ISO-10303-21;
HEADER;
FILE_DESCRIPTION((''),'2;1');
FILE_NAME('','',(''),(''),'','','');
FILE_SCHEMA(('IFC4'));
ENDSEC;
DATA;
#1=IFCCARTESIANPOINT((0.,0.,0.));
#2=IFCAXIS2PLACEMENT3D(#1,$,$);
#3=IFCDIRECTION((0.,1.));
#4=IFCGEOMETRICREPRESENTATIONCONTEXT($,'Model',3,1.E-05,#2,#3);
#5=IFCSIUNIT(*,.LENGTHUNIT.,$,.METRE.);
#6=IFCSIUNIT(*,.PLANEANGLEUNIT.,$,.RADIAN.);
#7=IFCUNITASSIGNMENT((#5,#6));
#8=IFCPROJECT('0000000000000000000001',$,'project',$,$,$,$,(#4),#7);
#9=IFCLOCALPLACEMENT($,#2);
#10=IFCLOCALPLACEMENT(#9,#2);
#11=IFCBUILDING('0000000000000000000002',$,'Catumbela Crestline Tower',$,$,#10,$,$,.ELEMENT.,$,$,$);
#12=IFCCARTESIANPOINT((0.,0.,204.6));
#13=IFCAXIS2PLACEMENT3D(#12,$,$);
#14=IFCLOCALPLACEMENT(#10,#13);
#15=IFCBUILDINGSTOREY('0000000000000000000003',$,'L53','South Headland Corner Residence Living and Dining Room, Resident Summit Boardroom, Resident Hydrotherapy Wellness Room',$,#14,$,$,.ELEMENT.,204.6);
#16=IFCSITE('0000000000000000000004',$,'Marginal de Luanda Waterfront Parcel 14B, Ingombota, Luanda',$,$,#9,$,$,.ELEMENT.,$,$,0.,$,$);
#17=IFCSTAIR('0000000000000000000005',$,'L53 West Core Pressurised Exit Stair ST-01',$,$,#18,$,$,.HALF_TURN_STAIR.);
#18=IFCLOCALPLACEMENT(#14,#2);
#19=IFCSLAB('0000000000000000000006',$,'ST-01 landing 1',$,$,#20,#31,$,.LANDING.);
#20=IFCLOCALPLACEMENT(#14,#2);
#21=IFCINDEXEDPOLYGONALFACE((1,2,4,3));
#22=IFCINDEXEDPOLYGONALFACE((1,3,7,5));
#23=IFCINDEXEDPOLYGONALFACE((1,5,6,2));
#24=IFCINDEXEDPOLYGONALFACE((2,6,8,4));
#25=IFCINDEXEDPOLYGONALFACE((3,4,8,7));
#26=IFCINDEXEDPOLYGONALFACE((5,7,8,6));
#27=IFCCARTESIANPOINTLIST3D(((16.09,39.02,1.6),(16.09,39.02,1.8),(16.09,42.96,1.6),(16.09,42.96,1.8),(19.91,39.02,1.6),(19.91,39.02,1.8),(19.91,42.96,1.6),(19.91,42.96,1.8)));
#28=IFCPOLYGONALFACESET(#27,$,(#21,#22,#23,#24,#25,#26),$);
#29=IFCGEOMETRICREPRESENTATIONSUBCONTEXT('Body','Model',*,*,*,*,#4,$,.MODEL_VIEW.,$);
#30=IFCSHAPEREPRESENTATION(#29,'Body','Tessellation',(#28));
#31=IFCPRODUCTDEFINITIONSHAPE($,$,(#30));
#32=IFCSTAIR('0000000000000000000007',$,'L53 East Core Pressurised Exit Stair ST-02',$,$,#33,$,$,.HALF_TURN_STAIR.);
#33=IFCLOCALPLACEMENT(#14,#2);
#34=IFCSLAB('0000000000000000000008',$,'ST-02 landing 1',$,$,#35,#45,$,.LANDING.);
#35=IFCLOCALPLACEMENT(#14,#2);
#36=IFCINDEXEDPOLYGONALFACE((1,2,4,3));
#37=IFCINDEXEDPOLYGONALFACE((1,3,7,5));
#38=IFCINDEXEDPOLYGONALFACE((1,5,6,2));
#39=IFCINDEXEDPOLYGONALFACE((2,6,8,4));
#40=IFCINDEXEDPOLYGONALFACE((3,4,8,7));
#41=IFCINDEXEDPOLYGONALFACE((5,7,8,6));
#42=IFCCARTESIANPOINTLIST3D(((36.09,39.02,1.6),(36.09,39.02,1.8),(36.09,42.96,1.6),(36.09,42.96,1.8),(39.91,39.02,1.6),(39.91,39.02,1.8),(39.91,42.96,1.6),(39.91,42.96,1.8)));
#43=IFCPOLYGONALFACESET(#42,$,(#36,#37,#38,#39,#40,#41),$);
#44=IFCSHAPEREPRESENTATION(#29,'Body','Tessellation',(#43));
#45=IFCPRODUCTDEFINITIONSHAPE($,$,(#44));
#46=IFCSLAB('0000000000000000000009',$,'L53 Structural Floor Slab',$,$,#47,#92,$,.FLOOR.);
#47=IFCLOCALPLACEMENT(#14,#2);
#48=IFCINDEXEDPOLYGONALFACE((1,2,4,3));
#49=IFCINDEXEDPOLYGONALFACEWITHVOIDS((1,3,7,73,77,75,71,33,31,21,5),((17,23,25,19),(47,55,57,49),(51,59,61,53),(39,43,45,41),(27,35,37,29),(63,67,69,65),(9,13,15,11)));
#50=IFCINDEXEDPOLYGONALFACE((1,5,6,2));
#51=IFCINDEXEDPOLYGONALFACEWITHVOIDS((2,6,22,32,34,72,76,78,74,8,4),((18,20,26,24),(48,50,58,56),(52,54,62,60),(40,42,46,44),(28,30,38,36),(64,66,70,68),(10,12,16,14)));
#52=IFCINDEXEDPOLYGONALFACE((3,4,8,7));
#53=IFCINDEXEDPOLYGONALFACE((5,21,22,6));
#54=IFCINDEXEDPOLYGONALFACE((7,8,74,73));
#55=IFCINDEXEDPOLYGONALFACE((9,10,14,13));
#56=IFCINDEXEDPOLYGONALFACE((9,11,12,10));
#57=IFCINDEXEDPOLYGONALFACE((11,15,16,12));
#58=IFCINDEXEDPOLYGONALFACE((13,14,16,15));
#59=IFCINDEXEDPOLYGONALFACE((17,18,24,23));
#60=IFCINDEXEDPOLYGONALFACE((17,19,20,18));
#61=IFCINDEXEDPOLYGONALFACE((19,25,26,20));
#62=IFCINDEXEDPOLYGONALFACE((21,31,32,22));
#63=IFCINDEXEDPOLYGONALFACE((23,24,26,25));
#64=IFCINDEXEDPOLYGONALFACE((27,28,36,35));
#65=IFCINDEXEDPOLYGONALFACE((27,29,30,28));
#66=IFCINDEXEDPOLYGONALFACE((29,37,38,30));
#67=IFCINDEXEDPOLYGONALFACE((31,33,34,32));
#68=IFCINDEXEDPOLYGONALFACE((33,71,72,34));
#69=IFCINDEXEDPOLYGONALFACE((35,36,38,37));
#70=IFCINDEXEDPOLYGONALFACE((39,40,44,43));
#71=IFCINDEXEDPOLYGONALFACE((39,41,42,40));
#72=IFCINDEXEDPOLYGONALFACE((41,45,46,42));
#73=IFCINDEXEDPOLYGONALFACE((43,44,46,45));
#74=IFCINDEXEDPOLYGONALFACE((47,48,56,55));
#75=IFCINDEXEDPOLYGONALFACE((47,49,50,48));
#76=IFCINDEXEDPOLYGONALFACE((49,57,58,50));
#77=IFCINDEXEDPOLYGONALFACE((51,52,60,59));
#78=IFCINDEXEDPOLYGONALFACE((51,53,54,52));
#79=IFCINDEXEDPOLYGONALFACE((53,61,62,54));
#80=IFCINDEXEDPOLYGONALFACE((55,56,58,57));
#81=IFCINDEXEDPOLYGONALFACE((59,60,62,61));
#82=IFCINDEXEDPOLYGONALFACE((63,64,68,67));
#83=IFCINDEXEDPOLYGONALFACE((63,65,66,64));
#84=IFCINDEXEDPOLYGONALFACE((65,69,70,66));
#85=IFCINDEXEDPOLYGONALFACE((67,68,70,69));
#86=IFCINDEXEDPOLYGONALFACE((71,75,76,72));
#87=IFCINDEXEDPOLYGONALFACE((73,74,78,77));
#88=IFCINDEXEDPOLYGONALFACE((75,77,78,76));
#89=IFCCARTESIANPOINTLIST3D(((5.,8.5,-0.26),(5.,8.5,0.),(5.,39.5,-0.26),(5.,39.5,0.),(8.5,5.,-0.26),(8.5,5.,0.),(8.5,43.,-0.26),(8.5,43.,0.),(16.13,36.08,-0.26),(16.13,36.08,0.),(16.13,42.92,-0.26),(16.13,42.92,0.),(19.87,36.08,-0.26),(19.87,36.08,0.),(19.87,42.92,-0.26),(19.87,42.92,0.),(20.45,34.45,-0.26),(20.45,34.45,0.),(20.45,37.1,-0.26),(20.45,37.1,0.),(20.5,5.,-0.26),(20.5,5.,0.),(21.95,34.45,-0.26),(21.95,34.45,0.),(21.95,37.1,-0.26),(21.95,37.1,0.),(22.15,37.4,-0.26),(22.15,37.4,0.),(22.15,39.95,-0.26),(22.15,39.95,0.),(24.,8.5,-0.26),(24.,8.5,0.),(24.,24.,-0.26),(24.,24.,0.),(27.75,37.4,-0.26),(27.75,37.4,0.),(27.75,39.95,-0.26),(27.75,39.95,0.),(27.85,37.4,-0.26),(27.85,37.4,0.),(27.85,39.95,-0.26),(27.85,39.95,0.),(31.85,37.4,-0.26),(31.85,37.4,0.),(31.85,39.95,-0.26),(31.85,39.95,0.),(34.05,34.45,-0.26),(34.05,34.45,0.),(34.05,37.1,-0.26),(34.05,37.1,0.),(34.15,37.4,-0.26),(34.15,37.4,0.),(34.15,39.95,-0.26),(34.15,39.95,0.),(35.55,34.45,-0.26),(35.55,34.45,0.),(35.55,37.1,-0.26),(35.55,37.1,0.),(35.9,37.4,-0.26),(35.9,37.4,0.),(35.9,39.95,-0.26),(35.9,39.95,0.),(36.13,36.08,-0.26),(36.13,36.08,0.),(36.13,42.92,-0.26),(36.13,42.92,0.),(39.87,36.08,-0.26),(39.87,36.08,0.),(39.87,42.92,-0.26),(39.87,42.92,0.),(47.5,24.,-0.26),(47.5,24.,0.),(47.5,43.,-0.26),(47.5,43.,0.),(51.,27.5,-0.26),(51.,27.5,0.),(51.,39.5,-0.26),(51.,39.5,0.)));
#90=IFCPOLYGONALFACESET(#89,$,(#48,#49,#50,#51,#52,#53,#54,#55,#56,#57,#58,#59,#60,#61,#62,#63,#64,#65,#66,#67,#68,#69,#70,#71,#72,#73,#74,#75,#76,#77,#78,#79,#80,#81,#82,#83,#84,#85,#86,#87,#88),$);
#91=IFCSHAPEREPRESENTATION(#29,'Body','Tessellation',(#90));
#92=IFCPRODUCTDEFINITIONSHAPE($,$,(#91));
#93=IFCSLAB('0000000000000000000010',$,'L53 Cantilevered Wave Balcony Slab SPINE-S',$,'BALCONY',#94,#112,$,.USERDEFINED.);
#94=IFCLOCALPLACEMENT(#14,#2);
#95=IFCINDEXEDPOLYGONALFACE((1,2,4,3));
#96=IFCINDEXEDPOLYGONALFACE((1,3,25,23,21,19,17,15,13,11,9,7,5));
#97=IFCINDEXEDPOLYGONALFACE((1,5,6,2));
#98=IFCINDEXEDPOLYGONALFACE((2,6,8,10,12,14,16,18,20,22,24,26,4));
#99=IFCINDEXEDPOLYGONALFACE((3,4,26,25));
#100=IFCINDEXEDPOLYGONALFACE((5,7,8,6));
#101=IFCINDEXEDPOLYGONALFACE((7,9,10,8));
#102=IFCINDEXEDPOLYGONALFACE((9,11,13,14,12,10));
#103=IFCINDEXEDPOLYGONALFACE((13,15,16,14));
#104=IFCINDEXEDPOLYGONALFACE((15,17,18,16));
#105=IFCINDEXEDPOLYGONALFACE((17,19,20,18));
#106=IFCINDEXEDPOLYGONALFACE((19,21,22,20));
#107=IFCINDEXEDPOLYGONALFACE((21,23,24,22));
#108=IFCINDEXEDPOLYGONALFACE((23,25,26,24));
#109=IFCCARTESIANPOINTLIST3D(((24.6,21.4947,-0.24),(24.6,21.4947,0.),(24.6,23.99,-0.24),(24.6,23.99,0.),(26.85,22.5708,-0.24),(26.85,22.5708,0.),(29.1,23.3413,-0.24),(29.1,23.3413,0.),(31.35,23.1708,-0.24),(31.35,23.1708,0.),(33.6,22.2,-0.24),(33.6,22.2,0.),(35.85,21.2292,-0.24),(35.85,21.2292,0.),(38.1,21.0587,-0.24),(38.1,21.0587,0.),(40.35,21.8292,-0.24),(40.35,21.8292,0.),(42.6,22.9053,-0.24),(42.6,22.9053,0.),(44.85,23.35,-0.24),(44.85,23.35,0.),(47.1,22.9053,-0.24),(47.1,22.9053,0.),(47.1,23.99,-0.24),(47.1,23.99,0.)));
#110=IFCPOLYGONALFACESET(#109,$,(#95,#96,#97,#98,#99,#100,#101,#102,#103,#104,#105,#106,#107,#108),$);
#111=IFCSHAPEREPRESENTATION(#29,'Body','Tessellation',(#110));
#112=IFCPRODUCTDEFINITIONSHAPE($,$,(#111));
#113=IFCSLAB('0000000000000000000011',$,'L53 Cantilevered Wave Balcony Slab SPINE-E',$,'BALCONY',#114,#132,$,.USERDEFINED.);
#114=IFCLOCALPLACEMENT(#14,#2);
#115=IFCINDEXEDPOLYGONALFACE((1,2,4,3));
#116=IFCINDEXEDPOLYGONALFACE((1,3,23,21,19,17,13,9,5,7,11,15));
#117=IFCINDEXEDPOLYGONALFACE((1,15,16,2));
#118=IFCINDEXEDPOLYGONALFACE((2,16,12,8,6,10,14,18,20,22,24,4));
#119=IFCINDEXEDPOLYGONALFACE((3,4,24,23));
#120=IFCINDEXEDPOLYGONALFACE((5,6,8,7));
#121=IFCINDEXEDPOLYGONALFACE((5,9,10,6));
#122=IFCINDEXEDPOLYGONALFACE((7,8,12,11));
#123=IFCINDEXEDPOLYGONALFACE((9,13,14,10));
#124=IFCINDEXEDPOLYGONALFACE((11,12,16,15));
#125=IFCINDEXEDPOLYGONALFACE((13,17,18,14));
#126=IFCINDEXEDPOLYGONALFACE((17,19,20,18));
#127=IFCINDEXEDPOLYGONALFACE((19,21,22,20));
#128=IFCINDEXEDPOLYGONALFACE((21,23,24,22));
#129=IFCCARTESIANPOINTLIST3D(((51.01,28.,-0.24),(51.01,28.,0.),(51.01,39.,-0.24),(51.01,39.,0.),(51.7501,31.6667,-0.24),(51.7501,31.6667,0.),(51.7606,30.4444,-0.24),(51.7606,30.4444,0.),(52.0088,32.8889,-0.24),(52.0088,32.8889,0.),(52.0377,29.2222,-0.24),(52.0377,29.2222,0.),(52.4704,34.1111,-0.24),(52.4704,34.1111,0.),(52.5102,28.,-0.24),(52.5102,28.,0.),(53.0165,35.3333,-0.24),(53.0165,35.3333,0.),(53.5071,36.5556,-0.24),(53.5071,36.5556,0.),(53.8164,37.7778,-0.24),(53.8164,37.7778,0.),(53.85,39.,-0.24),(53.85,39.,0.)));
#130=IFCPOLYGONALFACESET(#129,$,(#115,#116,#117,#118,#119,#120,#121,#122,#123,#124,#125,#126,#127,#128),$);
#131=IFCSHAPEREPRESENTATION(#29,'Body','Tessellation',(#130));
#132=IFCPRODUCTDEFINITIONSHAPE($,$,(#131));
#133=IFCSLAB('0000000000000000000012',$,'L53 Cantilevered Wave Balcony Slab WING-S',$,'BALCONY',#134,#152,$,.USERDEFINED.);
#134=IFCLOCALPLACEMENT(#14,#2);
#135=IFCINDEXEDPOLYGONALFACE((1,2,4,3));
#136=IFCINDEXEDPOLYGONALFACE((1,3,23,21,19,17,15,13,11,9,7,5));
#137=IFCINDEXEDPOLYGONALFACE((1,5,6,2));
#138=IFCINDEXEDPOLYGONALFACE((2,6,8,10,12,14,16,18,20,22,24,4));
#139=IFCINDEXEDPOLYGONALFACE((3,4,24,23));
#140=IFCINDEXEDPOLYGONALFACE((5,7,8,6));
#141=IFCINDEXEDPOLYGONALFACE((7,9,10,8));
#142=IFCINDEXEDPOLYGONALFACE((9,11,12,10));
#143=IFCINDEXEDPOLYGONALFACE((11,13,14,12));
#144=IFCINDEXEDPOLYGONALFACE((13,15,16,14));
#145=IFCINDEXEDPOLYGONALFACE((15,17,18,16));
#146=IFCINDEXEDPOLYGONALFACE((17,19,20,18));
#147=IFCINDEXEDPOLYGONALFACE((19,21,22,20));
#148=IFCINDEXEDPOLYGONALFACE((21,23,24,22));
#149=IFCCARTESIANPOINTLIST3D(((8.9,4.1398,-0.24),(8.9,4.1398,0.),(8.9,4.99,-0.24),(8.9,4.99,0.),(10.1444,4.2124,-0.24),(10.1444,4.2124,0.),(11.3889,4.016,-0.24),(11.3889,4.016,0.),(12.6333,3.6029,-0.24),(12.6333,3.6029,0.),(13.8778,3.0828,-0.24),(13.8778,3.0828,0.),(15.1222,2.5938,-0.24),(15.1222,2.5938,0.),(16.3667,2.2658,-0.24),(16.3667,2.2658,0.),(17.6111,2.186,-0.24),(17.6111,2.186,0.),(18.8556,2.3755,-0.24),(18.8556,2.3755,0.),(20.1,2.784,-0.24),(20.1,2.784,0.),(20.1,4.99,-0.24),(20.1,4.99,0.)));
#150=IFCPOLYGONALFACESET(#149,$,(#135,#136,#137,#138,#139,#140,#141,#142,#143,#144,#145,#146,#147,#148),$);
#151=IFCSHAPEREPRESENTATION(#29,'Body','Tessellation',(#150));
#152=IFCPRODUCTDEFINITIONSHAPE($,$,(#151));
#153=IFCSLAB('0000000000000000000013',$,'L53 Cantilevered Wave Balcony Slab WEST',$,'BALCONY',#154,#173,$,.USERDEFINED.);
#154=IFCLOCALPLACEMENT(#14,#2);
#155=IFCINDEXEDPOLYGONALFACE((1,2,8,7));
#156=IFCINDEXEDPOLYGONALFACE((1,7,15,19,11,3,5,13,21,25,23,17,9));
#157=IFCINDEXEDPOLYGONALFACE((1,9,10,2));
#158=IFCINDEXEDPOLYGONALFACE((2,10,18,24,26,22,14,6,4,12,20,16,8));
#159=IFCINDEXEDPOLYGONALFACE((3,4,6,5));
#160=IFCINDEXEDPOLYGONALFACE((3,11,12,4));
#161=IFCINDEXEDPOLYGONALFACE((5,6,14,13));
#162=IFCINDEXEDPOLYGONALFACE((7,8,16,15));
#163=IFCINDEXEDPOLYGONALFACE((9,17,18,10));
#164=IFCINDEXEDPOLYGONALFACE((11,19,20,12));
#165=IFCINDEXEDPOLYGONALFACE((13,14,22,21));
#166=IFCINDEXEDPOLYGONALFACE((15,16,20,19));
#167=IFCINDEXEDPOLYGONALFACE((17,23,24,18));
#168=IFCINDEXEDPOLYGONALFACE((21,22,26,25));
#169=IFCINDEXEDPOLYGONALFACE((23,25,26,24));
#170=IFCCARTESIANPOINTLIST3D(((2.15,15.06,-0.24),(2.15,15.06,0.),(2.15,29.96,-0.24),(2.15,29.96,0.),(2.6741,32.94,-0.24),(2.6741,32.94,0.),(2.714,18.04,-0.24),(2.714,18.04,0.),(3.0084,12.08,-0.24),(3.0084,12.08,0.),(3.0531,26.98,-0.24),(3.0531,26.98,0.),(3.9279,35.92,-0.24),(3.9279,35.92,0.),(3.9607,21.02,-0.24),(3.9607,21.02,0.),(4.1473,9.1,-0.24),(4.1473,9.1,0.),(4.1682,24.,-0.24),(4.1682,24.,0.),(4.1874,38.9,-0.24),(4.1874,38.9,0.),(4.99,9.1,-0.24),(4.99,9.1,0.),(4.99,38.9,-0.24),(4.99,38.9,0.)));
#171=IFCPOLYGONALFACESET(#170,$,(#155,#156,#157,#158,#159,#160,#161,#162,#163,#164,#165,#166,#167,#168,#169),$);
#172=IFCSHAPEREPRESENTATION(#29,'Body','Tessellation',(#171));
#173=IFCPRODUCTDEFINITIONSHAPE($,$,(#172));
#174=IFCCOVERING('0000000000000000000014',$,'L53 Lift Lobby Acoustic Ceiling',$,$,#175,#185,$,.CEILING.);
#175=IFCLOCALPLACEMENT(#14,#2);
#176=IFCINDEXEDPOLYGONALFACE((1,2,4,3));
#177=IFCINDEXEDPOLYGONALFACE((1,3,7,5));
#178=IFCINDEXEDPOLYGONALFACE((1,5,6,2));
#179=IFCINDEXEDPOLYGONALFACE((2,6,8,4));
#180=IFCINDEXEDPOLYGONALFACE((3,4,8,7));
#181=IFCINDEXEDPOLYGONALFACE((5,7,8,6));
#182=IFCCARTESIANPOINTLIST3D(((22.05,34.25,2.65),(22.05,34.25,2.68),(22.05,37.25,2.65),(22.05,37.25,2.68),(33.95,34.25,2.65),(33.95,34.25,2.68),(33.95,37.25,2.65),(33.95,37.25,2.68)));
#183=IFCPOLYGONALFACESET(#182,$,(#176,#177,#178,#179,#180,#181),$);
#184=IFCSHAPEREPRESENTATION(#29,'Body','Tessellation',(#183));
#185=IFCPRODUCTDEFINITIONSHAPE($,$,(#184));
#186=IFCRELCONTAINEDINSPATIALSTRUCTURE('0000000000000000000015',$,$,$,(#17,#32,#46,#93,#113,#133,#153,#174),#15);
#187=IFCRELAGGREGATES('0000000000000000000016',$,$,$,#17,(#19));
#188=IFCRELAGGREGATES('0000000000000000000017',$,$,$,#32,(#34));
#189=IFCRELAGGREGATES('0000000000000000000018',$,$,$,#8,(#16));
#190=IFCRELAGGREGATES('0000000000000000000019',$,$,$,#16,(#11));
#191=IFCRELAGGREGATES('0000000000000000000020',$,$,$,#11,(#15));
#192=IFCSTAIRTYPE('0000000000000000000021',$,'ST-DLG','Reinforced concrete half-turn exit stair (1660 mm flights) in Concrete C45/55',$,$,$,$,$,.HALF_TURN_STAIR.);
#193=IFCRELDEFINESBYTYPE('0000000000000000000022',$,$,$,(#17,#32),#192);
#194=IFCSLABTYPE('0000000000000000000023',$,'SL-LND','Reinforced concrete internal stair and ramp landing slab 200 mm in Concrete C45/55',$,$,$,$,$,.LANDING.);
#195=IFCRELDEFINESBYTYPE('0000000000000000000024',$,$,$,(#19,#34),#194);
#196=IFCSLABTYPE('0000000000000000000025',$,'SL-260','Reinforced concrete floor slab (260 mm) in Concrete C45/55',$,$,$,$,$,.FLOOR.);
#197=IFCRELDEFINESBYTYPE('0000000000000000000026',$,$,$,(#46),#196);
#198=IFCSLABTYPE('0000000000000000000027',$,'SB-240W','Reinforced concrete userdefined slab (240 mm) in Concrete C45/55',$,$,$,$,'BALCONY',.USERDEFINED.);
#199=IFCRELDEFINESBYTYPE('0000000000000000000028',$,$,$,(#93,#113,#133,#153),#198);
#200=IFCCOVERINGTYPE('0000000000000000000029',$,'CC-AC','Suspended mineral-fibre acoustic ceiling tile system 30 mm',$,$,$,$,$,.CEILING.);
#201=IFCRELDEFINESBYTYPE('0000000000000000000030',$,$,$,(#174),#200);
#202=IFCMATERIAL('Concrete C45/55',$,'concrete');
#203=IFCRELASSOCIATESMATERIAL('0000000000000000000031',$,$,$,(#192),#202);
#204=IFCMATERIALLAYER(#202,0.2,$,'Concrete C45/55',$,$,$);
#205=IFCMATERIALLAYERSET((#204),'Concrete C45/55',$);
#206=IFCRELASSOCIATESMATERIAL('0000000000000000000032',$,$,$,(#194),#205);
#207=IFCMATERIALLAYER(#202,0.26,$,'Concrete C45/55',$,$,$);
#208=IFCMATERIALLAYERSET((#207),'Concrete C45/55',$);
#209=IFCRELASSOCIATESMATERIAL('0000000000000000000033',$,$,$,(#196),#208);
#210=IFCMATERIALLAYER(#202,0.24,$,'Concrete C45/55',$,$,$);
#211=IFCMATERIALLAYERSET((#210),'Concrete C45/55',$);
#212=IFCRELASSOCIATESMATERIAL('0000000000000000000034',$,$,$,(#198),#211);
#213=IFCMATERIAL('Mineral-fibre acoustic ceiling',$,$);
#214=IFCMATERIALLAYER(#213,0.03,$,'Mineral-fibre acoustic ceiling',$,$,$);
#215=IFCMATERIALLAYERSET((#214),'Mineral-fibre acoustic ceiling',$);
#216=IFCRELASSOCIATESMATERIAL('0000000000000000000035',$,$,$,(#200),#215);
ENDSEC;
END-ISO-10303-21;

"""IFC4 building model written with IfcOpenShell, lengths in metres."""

from ifc_helpers import new_model, si_unit, direction, frame, origin, place, context, subcontext, project, spatial, polyline, outline, extrude, material, layer, layer_set, type_object, element, aggregate, save


model = new_model("IFC4")

# Units and contexts
model_context = context("Model", 3, precision=1e-05, world=origin(), true_north=direction((0.0, 1.0)))
body_context = subcontext(model_context, "Body", "Model", "MODEL_VIEW")
ifc_project = project(units=[si_unit("LENGTHUNIT", "METRE"), si_unit("PLANEANGLEUNIT", "RADIAN")], contexts=[model_context])

# Site, building, storey
site_placement = place(None, origin())
site = spatial("IfcSite", under=ifc_project, at=site_placement, Name="Marginal de Luanda Waterfront Parcel 14B, Ingombota, Luanda", CompositionType="ELEMENT", RefElevation=0.0)
building_placement = place(site_placement, origin())
building = spatial("IfcBuilding", under=site, at=building_placement, Name="Catumbela Crestline Tower", CompositionType="ELEMENT")
storey_placement = place(building_placement, frame((0.0, 0.0, 204.6)))
storey = spatial("IfcBuildingStorey", under=building, at=storey_placement, Name="L53", Description="South Headland Corner Residence Living and Dining Room, Resident Summit Boardroom, Resident Hydrotherapy Wellness Room", CompositionType="ELEMENT", Elevation=204.6)

# Stairs, slabs
ifc_material_1 = material(Name="Concrete C45/55", Category="concrete")
stair_type = type_object("IfcStairType", Name="ST-DLG", Description="Reinforced concrete half-turn exit stair (1660 mm flights) in Concrete C45/55", PredefinedType="HALF_TURN_STAIR", material=ifc_material_1)
stair_1_placement = place(storey_placement, origin())
stair_1 = element("IfcStair", 1, at=stair_1_placement, inside=storey, type_object=stair_type, Name="L53 West Core Pressurised Exit Stair ST-01", PredefinedType="HALF_TURN_STAIR")
ifc_layer_1 = layer(ifc_material_1, 0.2, Name="Concrete C45/55")
ifc_layer_set_1 = layer_set([ifc_layer_1], Name="Concrete C45/55")
slab_type_1 = type_object("IfcSlabType", Name="SL-LND", Description="Reinforced concrete internal stair and ramp landing slab 200 mm in Concrete C45/55", PredefinedType="LANDING", material=ifc_layer_set_1)
slab_1_placement = place(storey_placement, frame((0.0, 0.0, 1.6)))
slab_1 = element("IfcSlab", 2, at=slab_1_placement, type_object=slab_type_1, Name="ST-01 landing 1", PredefinedType="LANDING", context=body_context, shape_type="SweptSolid", body=[
    extrude(outline(polyline([(19.91, 39.02), (19.91, 42.96), (16.09, 42.96), (16.09, 39.02), (19.91, 39.02)])), origin(), (0.0, 0.0, 1.0), 0.2),
])
aggregate(stair_1, [slab_1])
stair_2_placement = place(storey_placement, origin())
stair_2 = element("IfcStair", 3, at=stair_2_placement, inside=storey, type_object=stair_type, Name="L53 East Core Pressurised Exit Stair ST-02", PredefinedType="HALF_TURN_STAIR")
slab_2_placement = place(storey_placement, frame((0.0, 0.0, 1.6)))
slab_2 = element("IfcSlab", 4, at=slab_2_placement, type_object=slab_type_1, Name="ST-02 landing 1", PredefinedType="LANDING", context=body_context, shape_type="SweptSolid", body=[
    extrude(outline(polyline([(39.91, 39.02), (39.91, 42.96), (36.09, 42.96), (36.09, 39.02), (39.91, 39.02)])), origin(), (0.0, 0.0, 1.0), 0.2),
])
aggregate(stair_2, [slab_2])

# Slabs
ifc_layer_2 = layer(ifc_material_1, 0.26, Name="Concrete C45/55")
ifc_layer_set_2 = layer_set([ifc_layer_2], Name="Concrete C45/55")
slab_type_2 = type_object("IfcSlabType", Name="SL-260", Description="Reinforced concrete floor slab (260 mm) in Concrete C45/55", PredefinedType="FLOOR", material=ifc_layer_set_2)
slab_3_placement = place(storey_placement, frame((0.0, 0.0, -0.26)))
element("IfcSlab", 5, at=slab_3_placement, inside=storey, type_object=slab_type_2, Name="L53 Structural Floor Slab", PredefinedType="FLOOR", context=body_context, shape_type="SweptSolid", body=[
    extrude(outline(polyline([(8.5, 5.0), (20.5, 5.0), (24.0, 8.5), (24.0, 24.0), (47.5, 24.0), (51.0, 27.5), (51.0, 39.5), (47.5, 43.0), (8.5, 43.0), (5.0, 39.5), (5.0, 8.5), (8.5, 5.0)]), holes=[polyline([(16.13, 36.08), (19.87, 36.08), (19.87, 42.92), (16.13, 42.92), (16.13, 36.08)]), polyline([(36.13, 36.08), (39.87, 36.08), (39.87, 42.92), (36.13, 42.92), (36.13, 36.08)]), polyline([(22.15, 37.4), (27.75, 37.4), (27.75, 39.95), (22.15, 39.95), (22.15, 37.4)]), polyline([(27.85, 37.4), (31.85, 37.4), (31.85, 39.95), (27.85, 39.95), (27.85, 37.4)]), polyline([(20.45, 34.45), (21.95, 34.45), (21.95, 37.1), (20.45, 37.1), (20.45, 34.45)]), polyline([(34.05, 34.45), (35.55, 34.45), (35.55, 37.1), (34.05, 37.1), (34.05, 34.45)]), polyline([(34.15, 37.4), (35.9, 37.4), (35.9, 39.95), (34.15, 39.95), (34.15, 37.4)])]), origin(), (0.0, 0.0, 1.0), 0.26),
])
ifc_layer_3 = layer(ifc_material_1, 0.24, Name="Concrete C45/55")
ifc_layer_set_3 = layer_set([ifc_layer_3], Name="Concrete C45/55")
slab_type_3 = type_object("IfcSlabType", Name="SB-240W", Description="Reinforced concrete userdefined slab (240 mm) in Concrete C45/55", ElementType="BALCONY", PredefinedType="USERDEFINED", material=ifc_layer_set_3)
slab_4_placement = place(storey_placement, frame((0.0, 0.0, -0.24)))
element("IfcSlab", 6, at=slab_4_placement, inside=storey, type_object=slab_type_3, Name="L53 Cantilevered Wave Balcony Slab SPINE-S", ObjectType="BALCONY", PredefinedType="USERDEFINED", context=body_context, shape_type="SweptSolid", body=[
    extrude(outline(polyline([(24.6, 21.4947), (26.85, 22.5708), (29.1, 23.3413), (31.35, 23.1708), (33.6, 22.2), (35.85, 21.2292), (38.1, 21.0587), (40.35, 21.8292), (42.6, 22.9053), (44.85, 23.35), (47.1, 22.9053), (47.1, 23.99), (24.6, 23.99), (24.6, 21.4947)])), origin(), (0.0, 0.0, 1.0), 0.24),
])
slab_5_placement = place(storey_placement, frame((0.0, 0.0, -0.24)))
element("IfcSlab", 7, at=slab_5_placement, inside=storey, type_object=slab_type_3, Name="L53 Cantilevered Wave Balcony Slab SPINE-E", ObjectType="BALCONY", PredefinedType="USERDEFINED", context=body_context, shape_type="SweptSolid", body=[
    extrude(outline(polyline([(51.01, 28.0), (52.5102, 28.0), (52.0377, 29.2222), (51.7606, 30.4444), (51.7501, 31.6667), (52.0088, 32.8889), (52.4704, 34.1111), (53.0165, 35.3333), (53.5071, 36.5556), (53.8164, 37.7778), (53.85, 39.0), (51.01, 39.0), (51.01, 28.0)])), origin(), (0.0, 0.0, 1.0), 0.24),
])
slab_6_placement = place(storey_placement, frame((0.0, 0.0, -0.24)))
element("IfcSlab", 8, at=slab_6_placement, inside=storey, type_object=slab_type_3, Name="L53 Cantilevered Wave Balcony Slab WING-S", ObjectType="BALCONY", PredefinedType="USERDEFINED", context=body_context, shape_type="SweptSolid", body=[
    extrude(outline(polyline([(8.9, 4.1398), (10.1444, 4.2124), (11.3889, 4.016), (12.6333, 3.6029), (13.8778, 3.0828), (15.1222, 2.5938), (16.3667, 2.2658), (17.6111, 2.186), (18.8556, 2.3755), (20.1, 2.784), (20.1, 4.99), (8.9, 4.99), (8.9, 4.1398)])), origin(), (0.0, 0.0, 1.0), 0.24),
])
slab_7_placement = place(storey_placement, frame((0.0, 0.0, -0.24)))
element("IfcSlab", 9, at=slab_7_placement, inside=storey, type_object=slab_type_3, Name="L53 Cantilevered Wave Balcony Slab WEST", ObjectType="BALCONY", PredefinedType="USERDEFINED", context=body_context, shape_type="SweptSolid", body=[
    extrude(outline(polyline([(4.99, 38.9), (4.1874, 38.9), (3.9279, 35.92), (2.6741, 32.94), (2.15, 29.96), (3.0531, 26.98), (4.1682, 24.0), (3.9607, 21.02), (2.714, 18.04), (2.15, 15.06), (3.0084, 12.08), (4.1473, 9.1), (4.99, 9.1), (4.99, 38.9)])), origin(), (0.0, 0.0, 1.0), 0.24),
])

# Covering
ifc_material_2 = material(Name="Mineral-fibre acoustic ceiling")
ifc_layer_4 = layer(ifc_material_2, 0.03, Name="Mineral-fibre acoustic ceiling")
ifc_layer_set_4 = layer_set([ifc_layer_4], Name="Mineral-fibre acoustic ceiling")
covering_type_1 = type_object("IfcCoveringType", Name="CC-AC", Description="Suspended mineral-fibre acoustic ceiling tile system 30 mm", PredefinedType="CEILING", material=ifc_layer_set_4)
covering_1_placement = place(storey_placement, frame((0.0, 0.0, 2.65)))
element("IfcCovering", 10, at=covering_1_placement, inside=storey, type_object=covering_type_1, Name="L53 Lift Lobby Acoustic Ceiling", PredefinedType="CEILING", context=body_context, shape_type="SweptSolid", body=[
    extrude(outline(polyline([(22.05, 34.25), (33.95, 34.25), (33.95, 37.25), (22.05, 37.25), (22.05, 34.25)])), origin(), (0.0, 0.0, 1.0), 0.03),
])

save(model, "model.ifc")
